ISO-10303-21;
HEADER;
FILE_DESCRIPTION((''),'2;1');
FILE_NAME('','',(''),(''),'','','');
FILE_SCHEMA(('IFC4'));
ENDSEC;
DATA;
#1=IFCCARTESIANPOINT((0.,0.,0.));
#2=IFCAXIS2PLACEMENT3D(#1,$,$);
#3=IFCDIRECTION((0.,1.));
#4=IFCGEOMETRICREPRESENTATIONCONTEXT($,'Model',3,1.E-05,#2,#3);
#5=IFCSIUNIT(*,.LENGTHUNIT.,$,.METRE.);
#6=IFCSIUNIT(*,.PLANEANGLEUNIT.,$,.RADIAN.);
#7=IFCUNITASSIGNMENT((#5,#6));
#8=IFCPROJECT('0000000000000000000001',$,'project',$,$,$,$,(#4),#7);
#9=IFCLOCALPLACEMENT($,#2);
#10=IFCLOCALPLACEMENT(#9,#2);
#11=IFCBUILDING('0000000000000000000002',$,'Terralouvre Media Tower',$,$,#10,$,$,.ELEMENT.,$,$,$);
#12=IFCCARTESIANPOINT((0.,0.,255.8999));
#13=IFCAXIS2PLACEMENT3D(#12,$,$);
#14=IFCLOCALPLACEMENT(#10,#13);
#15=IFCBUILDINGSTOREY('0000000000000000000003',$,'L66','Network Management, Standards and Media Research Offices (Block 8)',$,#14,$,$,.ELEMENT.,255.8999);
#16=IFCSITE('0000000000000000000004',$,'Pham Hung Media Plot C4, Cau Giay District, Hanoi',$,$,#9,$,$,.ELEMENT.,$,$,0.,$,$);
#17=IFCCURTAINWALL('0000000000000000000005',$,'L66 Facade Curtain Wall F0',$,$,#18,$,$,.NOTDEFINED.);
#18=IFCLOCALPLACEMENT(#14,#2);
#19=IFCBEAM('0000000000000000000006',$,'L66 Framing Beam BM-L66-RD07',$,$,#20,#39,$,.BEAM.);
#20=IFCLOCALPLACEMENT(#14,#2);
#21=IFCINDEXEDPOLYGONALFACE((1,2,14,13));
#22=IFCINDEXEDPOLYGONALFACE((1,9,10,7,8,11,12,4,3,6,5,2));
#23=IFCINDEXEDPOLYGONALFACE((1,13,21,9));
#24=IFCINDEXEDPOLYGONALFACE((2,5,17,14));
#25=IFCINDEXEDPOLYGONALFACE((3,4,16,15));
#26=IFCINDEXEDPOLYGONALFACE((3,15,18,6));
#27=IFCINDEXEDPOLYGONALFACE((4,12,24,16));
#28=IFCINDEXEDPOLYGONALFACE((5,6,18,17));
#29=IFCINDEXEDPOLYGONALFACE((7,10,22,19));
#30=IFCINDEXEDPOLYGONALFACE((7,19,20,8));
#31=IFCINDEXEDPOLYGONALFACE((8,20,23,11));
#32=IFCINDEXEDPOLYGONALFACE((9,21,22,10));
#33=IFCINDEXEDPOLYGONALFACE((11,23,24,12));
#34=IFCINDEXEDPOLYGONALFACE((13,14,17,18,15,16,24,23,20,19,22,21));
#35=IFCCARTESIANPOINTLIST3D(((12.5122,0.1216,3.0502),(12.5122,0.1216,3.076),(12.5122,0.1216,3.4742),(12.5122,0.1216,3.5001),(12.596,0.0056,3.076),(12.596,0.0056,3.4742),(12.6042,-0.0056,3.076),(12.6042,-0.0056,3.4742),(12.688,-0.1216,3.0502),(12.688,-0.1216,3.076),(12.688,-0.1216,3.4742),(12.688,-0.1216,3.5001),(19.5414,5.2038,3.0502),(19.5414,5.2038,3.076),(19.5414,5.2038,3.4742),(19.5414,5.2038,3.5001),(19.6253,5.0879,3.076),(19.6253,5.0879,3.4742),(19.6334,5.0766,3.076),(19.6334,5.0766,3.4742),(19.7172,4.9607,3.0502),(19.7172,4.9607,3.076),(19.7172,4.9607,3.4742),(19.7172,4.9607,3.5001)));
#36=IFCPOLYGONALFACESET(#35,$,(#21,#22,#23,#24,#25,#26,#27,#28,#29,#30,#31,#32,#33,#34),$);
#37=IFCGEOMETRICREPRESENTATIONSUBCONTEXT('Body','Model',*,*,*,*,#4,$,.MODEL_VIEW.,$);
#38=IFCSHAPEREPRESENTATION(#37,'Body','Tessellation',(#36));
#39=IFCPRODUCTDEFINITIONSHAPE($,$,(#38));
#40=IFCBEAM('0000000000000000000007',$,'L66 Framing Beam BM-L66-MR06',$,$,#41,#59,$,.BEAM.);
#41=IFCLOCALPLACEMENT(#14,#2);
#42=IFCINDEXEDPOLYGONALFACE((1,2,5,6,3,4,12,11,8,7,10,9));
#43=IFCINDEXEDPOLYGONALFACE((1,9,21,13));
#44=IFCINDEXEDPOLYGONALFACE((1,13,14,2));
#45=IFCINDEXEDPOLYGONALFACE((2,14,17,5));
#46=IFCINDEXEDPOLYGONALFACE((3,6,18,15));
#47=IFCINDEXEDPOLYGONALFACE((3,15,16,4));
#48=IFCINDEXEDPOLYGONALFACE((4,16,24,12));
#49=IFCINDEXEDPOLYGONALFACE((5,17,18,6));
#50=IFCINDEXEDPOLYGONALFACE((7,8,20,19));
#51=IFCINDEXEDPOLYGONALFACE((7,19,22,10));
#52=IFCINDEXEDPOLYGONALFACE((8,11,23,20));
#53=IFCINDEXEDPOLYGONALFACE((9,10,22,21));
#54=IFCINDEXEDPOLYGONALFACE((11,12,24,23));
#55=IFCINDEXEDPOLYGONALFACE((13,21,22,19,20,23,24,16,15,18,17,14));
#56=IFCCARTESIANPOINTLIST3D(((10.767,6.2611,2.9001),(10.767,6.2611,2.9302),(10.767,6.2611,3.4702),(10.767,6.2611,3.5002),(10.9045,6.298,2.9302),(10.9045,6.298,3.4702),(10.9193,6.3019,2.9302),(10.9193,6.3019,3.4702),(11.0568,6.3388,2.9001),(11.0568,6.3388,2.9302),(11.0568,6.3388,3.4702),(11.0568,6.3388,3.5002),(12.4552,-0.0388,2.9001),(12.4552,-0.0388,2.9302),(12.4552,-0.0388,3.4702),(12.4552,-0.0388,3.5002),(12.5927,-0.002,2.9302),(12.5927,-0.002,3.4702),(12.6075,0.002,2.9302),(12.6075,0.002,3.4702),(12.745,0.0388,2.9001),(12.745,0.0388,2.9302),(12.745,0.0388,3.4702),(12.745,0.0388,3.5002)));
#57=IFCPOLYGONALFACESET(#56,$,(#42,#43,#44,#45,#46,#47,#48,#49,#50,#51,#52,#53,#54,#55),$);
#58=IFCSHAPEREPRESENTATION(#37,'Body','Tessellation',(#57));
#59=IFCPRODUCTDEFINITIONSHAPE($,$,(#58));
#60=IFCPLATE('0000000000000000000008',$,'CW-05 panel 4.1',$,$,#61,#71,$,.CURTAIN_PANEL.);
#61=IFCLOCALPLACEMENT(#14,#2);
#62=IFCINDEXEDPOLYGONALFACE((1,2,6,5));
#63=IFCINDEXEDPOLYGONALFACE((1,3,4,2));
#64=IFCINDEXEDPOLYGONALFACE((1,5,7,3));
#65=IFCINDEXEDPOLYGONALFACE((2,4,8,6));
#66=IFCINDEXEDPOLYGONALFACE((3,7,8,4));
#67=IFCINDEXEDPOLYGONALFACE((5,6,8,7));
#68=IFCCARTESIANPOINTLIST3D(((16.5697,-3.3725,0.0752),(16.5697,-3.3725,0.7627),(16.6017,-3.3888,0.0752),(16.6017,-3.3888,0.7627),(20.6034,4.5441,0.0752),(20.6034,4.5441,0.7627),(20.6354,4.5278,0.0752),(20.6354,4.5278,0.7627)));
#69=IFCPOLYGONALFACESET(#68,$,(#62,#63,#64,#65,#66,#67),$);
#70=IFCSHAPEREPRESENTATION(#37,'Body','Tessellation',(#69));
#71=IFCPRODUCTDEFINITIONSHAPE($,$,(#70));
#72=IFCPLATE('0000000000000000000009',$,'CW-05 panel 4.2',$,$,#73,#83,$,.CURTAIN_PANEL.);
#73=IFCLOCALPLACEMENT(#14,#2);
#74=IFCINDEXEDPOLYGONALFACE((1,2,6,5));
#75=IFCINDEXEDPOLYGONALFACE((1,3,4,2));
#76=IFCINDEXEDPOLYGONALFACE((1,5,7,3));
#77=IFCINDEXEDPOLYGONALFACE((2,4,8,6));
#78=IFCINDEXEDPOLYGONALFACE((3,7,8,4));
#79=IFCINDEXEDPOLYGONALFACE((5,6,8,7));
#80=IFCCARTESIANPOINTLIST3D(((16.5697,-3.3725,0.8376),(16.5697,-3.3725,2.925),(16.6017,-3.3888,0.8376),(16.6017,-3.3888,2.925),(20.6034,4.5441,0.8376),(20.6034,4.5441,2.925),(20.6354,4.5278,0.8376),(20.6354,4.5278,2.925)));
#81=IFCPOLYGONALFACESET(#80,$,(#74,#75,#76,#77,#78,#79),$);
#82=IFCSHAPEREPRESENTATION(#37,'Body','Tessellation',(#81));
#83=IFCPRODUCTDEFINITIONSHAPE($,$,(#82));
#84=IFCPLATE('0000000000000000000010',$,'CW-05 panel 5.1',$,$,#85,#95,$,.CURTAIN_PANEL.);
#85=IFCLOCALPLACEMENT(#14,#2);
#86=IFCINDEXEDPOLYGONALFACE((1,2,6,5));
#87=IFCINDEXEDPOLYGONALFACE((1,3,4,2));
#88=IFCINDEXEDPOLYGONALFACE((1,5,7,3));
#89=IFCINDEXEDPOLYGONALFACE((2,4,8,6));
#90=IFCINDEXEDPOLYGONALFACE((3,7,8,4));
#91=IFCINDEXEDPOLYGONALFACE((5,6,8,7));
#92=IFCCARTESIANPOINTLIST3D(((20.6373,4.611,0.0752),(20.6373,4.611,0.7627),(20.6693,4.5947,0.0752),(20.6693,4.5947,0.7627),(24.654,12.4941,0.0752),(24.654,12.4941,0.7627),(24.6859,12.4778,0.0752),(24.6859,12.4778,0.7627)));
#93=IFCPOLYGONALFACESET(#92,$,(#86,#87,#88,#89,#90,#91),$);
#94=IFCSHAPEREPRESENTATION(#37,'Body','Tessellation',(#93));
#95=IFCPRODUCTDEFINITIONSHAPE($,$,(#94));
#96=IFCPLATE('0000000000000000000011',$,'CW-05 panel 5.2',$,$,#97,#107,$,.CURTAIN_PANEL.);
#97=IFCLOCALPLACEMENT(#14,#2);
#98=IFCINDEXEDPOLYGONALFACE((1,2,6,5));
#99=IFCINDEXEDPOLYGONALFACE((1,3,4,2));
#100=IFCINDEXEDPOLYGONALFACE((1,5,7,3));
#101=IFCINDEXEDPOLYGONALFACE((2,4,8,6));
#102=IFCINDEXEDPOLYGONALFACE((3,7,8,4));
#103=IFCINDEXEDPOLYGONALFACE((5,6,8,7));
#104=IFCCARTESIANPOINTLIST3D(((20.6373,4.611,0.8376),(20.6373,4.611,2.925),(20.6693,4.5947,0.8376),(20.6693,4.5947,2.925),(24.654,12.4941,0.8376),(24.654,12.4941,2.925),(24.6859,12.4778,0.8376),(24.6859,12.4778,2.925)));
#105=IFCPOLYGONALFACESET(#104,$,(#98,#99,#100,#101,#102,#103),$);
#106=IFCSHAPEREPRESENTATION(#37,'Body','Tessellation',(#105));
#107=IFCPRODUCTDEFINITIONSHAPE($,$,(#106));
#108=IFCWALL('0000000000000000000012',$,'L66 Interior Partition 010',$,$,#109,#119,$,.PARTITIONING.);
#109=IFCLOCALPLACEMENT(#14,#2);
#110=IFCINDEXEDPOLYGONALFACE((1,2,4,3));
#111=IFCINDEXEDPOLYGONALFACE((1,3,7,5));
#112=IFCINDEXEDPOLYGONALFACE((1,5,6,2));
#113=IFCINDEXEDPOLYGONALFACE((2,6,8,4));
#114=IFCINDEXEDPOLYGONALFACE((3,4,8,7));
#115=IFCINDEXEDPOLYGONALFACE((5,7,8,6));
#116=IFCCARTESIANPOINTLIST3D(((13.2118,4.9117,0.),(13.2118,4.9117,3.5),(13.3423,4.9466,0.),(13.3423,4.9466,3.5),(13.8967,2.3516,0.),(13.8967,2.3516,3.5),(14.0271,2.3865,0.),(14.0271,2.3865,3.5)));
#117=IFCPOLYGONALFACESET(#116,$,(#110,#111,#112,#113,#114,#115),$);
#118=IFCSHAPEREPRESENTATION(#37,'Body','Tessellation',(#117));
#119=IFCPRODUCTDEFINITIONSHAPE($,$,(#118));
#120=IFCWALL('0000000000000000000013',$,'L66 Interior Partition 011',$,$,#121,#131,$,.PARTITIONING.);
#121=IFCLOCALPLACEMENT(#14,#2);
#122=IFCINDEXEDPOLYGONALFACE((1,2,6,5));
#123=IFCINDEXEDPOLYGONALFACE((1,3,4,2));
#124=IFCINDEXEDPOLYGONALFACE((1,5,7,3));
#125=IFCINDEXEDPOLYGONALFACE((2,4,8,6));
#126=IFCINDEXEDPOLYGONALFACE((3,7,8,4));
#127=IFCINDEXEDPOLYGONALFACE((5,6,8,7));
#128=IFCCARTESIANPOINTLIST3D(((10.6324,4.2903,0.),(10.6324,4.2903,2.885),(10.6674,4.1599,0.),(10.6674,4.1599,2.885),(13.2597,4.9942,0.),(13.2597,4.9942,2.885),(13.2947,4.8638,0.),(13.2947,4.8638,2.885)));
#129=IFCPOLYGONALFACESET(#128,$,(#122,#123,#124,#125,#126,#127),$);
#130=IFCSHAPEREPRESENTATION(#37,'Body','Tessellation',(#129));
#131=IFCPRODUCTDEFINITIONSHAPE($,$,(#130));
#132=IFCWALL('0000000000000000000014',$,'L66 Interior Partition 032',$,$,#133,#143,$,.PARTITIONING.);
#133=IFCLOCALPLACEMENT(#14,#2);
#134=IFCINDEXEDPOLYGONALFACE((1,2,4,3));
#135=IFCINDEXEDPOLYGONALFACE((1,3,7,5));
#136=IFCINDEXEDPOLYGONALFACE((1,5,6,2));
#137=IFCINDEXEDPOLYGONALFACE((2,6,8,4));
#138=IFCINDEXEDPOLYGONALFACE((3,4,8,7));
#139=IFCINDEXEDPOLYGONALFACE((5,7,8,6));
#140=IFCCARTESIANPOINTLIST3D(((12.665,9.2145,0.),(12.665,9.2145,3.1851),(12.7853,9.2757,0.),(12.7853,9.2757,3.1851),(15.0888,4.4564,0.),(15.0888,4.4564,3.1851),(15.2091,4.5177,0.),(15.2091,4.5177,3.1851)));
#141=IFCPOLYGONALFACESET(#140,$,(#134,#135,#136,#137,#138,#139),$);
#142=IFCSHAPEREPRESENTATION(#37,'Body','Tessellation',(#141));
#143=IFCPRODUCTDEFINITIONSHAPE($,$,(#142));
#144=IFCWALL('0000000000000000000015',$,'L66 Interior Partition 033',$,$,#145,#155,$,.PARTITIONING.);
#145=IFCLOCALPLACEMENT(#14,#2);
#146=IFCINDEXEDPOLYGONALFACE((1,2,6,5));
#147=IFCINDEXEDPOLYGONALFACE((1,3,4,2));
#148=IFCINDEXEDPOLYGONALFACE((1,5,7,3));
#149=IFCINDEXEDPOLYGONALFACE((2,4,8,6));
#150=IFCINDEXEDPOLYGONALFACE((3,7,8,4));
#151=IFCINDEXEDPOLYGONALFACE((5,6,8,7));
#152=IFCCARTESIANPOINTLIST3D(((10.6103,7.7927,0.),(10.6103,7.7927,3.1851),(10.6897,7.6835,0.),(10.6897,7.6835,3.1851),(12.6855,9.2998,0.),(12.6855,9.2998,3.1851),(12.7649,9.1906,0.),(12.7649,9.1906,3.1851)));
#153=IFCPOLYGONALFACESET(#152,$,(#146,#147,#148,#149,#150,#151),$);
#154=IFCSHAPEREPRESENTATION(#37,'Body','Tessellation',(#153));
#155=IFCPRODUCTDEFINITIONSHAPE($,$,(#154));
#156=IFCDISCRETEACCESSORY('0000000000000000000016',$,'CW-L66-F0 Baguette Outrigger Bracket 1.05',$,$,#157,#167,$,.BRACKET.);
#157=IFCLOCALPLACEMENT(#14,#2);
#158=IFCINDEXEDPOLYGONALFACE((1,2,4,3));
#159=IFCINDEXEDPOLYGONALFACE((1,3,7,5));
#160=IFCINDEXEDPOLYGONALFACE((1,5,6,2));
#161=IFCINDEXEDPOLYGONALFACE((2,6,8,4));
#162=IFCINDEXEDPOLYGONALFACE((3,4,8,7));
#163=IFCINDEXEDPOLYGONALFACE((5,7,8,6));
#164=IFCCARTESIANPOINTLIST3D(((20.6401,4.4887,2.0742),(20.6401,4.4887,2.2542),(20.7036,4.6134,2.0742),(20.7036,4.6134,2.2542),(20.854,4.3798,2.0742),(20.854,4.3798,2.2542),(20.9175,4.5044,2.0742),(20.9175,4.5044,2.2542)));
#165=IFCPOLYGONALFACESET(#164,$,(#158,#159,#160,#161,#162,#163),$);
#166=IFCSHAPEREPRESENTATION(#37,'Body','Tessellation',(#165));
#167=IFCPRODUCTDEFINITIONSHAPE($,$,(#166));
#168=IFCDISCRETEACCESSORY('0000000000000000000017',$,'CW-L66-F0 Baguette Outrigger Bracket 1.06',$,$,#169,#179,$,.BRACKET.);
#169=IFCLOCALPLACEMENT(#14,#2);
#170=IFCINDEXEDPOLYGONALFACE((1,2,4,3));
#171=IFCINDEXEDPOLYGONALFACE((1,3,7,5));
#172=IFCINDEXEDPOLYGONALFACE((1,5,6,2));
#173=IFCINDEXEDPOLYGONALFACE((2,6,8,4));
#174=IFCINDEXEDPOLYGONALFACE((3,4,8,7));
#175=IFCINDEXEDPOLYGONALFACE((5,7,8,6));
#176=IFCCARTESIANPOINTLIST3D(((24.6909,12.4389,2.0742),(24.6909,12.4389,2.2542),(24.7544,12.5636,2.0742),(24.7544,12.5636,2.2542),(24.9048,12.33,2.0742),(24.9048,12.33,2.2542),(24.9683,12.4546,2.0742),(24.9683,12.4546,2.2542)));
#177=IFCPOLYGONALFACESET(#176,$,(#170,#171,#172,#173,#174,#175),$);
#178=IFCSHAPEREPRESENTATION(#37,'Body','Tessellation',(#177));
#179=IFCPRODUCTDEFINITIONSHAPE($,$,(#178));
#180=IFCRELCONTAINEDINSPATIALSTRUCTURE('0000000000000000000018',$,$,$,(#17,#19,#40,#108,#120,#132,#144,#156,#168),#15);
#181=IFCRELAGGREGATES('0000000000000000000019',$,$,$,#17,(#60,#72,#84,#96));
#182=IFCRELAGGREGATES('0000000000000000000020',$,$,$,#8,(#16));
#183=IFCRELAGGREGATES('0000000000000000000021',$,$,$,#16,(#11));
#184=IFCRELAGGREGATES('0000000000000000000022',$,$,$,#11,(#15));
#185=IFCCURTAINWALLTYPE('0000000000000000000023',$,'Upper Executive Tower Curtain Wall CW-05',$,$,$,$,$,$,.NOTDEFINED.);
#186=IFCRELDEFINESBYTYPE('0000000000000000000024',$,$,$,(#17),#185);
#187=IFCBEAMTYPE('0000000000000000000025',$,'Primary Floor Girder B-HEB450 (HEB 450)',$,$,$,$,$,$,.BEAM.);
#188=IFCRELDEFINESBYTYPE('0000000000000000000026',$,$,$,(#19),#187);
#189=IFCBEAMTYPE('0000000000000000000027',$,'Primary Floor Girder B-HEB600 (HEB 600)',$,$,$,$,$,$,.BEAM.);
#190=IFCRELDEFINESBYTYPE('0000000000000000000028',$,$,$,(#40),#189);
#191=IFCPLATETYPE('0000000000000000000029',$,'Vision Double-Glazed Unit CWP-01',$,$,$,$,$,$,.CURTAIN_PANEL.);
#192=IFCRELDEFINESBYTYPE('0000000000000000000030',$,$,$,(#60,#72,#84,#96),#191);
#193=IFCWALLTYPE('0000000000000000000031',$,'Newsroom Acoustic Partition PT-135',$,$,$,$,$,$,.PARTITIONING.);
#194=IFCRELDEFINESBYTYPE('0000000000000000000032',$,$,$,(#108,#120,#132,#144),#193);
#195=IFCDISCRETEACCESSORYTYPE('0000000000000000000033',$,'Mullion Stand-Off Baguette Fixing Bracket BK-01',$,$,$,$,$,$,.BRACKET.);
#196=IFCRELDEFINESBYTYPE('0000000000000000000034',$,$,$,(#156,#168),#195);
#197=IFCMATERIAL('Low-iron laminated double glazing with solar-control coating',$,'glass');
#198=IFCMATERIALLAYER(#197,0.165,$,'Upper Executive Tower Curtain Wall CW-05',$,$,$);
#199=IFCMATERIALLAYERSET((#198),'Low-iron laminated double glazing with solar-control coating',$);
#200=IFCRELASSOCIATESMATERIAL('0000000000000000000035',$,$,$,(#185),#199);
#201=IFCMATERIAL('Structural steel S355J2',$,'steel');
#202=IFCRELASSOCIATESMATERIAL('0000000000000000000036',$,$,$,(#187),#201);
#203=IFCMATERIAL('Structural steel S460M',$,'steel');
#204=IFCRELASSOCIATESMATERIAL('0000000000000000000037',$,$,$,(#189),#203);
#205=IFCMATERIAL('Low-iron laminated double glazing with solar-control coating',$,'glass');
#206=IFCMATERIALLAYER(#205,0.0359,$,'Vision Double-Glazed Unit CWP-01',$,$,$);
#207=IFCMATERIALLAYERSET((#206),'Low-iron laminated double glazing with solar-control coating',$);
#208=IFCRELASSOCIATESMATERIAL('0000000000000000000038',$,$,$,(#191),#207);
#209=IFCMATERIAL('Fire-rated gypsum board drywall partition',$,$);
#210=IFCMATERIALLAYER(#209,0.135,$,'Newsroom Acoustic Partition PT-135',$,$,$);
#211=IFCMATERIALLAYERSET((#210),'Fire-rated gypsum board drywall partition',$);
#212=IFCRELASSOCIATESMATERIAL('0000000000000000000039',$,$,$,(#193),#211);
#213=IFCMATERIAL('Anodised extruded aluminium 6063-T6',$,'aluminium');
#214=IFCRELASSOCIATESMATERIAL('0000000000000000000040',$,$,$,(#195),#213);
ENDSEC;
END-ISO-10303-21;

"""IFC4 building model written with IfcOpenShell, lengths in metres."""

from ifc_helpers import new_model, si_unit, direction, frame, frame_2d, origin, origin_2d, place, context, subcontext, project, spatial, rectangle, i_section, extrude, material, layer, layer_set, material_profile, profile_set, type_object, element, aggregate, save


model = new_model("IFC4")

# Units and contexts
model_context = context("Model", 3, precision=1e-05, world=origin(), true_north=direction((0.0, 1.0)))
body_context = subcontext(model_context, "Body", "Model", "MODEL_VIEW")
ifc_project = project(units=[si_unit("LENGTHUNIT", "METRE"), si_unit("PLANEANGLEUNIT", "RADIAN")], contexts=[model_context])

# Site, building, storey
site_placement = place(None, origin())
site = spatial("IfcSite", under=ifc_project, at=site_placement, Name="Pham Hung Media Plot C4, Cau Giay District, Hanoi", CompositionType="ELEMENT", RefElevation=0.0)
building_placement = place(site_placement, origin())
building = spatial("IfcBuilding", under=site, at=building_placement, Name="Terralouvre Media Tower", CompositionType="ELEMENT")
storey_placement = place(building_placement, frame((0.0, 0.0, 255.8999)))
storey = spatial("IfcBuildingStorey", under=building, at=storey_placement, Name="L66", Description="Network Management, Standards and Media Research Offices (Block 8)", CompositionType="ELEMENT", Elevation=255.8999)

# Curtain wall
ifc_material_1 = material(Name="Low-iron laminated double glazing with solar-control coating", Category="glass")
ifc_layer_1 = layer(ifc_material_1, 0.165, Name="Upper Executive Tower Curtain Wall CW-05")
ifc_layer_set_1 = layer_set([ifc_layer_1], Name="Low-iron laminated double glazing with solar-control coating")
curtain_wall_type_1 = type_object("IfcCurtainWallType", Name="Upper Executive Tower Curtain Wall CW-05", PredefinedType="NOTDEFINED", material=ifc_layer_set_1)
curtain_wall_1_placement = place(storey_placement, origin())
curtain_wall_1 = element("IfcCurtainWall", 1, at=curtain_wall_1_placement, inside=storey, type_object=curtain_wall_type_1, Name="L66 Facade Curtain Wall F0", PredefinedType="NOTDEFINED")

# Beams
ifc_material_2 = material(Name="Structural steel S355J2", Category="steel")
ifc_material_profile_1 = material_profile(ifc_material_2, i_section(OverallWidth=0.3, OverallDepth=0.45, WebThickness=0.0139, FlangeThickness=0.0259, at=origin_2d()), Name="HEB 450")
ifc_profile_set_1 = profile_set([ifc_material_profile_1], Name="Structural steel S355J2")
beam_type_1 = type_object("IfcBeamType", Name="Primary Floor Girder B-HEB450 (HEB 450)", PredefinedType="BEAM", material=ifc_profile_set_1)
beam_1_placement = place(storey_placement, frame((12.6001, 0.0, 3.2751), z_axis=(0.810375, 0.585912, 0.0), x_axis=(-0.585912, 0.810375, 0.0)))
element("IfcBeam", 2, at=beam_1_placement, inside=storey, type_object=beam_type_1, Name="L66 Framing Beam BM-L66-RD07", PredefinedType="BEAM", context=body_context, shape_type="SweptSolid", body=[
    extrude(i_section(OverallWidth=0.3, OverallDepth=0.45, WebThickness=0.0139, FlangeThickness=0.0259, at=origin_2d()), origin(), (0.0, 0.0, 1.0), 8.6741),
])
ifc_material_3 = material(Name="Structural steel S460M", Category="steel")
ifc_material_profile_2 = material_profile(ifc_material_3, i_section(OverallWidth=0.3, OverallDepth=0.6001, WebThickness=0.0154, FlangeThickness=0.03, at=origin_2d()), Name="HEB 600")
ifc_profile_set_2 = profile_set([ifc_material_profile_2], Name="Structural steel S460M")
beam_type_2 = type_object("IfcBeamType", Name="Primary Floor Girder B-HEB600 (HEB 600)", PredefinedType="BEAM", material=ifc_profile_set_2)
beam_2_placement = place(storey_placement, frame((12.6001, 0.0, 3.2002), z_axis=(-0.258839, 0.96592, 0.0), x_axis=(-0.96592, -0.258839, 0.0)))
element("IfcBeam", 3, at=beam_2_placement, inside=storey, type_object=beam_type_2, Name="L66 Framing Beam BM-L66-MR06", PredefinedType="BEAM", context=body_context, shape_type="SweptSolid", body=[
    extrude(i_section(OverallWidth=0.3, OverallDepth=0.6001, WebThickness=0.0154, FlangeThickness=0.03, at=origin_2d()), origin(), (0.0, 0.0, 1.0), 6.5222),
])

# Plates
ifc_material_4 = material(Name="Low-iron laminated double glazing with solar-control coating", Category="glass")
ifc_layer_2 = layer(ifc_material_4, 0.0359, Name="Vision Double-Glazed Unit CWP-01")
ifc_layer_set_2 = layer_set([ifc_layer_2], Name="Low-iron laminated double glazing with solar-control coating")
plate_type = type_object("IfcPlateType", Name="Vision Double-Glazed Unit CWP-01", PredefinedType="CURTAIN_PANEL", material=ifc_layer_set_2)
plate_1_placement = place(storey_placement, frame((18.6025, 0.5776, 0.0752), z_axis=(0.0, 0.0, 1.0), x_axis=(0.45399, 0.891007, 0.0)))
plate_1 = element("IfcPlate", 4, at=plate_1_placement, type_object=plate_type, Name="CW-05 panel 4.1", PredefinedType="CURTAIN_PANEL", context=body_context, shape_type="SweptSolid", body=[
    extrude(rectangle(XDim=8.885, YDim=0.0359, at=origin_2d()), origin(), (0.0, 0.0, 1.0), 0.6875),
])
plate_2_placement = place(storey_placement, frame((18.6025, 0.5776, 0.8376), z_axis=(0.0, 0.0, 1.0), x_axis=(0.45399, 0.891007, 0.0)))
plate_2 = element("IfcPlate", 5, at=plate_2_placement, type_object=plate_type, Name="CW-05 panel 4.2", PredefinedType="CURTAIN_PANEL", context=body_context, shape_type="SweptSolid", body=[
    extrude(rectangle(XDim=8.885, YDim=0.0359, at=origin_2d()), origin(), (0.0, 0.0, 1.0), 2.0874),
])
plate_3_placement = place(storey_placement, frame((22.6616, 8.5444, 0.0752), z_axis=(0.0, 0.0, 1.0), x_axis=(0.45399, 0.891007, 0.0)))
plate_3 = element("IfcPlate", 6, at=plate_3_placement, type_object=plate_type, Name="CW-05 panel 5.1", PredefinedType="CURTAIN_PANEL", context=body_context, shape_type="SweptSolid", body=[
    extrude(rectangle(XDim=8.8474, YDim=0.0359, at=origin_2d()), origin(), (0.0, 0.0, 1.0), 0.6875),
])
plate_4_placement = place(storey_placement, frame((22.6616, 8.5444, 0.8376), z_axis=(0.0, 0.0, 1.0), x_axis=(0.45399, 0.891007, 0.0)))
plate_4 = element("IfcPlate", 7, at=plate_4_placement, type_object=plate_type, Name="CW-05 panel 5.2", PredefinedType="CURTAIN_PANEL", context=body_context, shape_type="SweptSolid", body=[
    extrude(rectangle(XDim=8.8474, YDim=0.0359, at=origin_2d()), origin(), (0.0, 0.0, 1.0), 2.0874),
])
aggregate(curtain_wall_1, [plate_1, plate_2, plate_3, plate_4])

# Walls
ifc_material_5 = material(Name="Fire-rated gypsum board drywall partition")
ifc_layer_3 = layer(ifc_material_5, 0.135, Name="Newsroom Acoustic Partition PT-135")
ifc_layer_set_3 = layer_set([ifc_layer_3], Name="Fire-rated gypsum board drywall partition")
wall_type = type_object("IfcWallType", Name="Newsroom Acoustic Partition PT-135", PredefinedType="PARTITIONING", material=ifc_layer_set_3)
wall_1_placement = place(storey_placement, frame((13.9619, 2.3689, 0.0), z_axis=(0.0, 0.0, 1.0), x_axis=(-0.258414, 0.966034, 0.0)))
element("IfcWall", 8, at=wall_1_placement, inside=storey, type_object=wall_type, Name="L66 Interior Partition 010", PredefinedType="PARTITIONING", context=body_context, shape_type="SweptSolid", body=[
    extrude(rectangle(XDim=2.6501, YDim=0.135, at=frame_2d((1.3252, 0.0))), origin(), (0.0, 0.0, 1.0), 3.5),
])
wall_2_placement = place(storey_placement, frame((13.2771, 4.929, 0.0), z_axis=(0.0, 0.0, 1.0), x_axis=(-0.965935, -0.258785, 0.0)))
element("IfcWall", 9, at=wall_2_placement, inside=storey, type_object=wall_type, Name="L66 Interior Partition 011", PredefinedType="PARTITIONING", context=body_context, shape_type="SweptSolid", body=[
    extrude(rectangle(XDim=2.72, YDim=0.135, at=frame_2d((1.3599, 0.0))), origin(), (0.0, 0.0, 1.0), 2.885),
])
wall_3_placement = place(storey_placement, frame((15.1489, 4.4871, 0.0), z_axis=(0.0, 0.0, 1.0), x_axis=(-0.453913, 0.891046, 0.0)))
element("IfcWall", 10, at=wall_3_placement, inside=storey, type_object=wall_type, Name="L66 Interior Partition 032", PredefinedType="PARTITIONING", context=body_context, shape_type="SweptSolid", body=[
    extrude(rectangle(XDim=5.3398, YDim=0.135, at=frame_2d((2.6699, 0.0))), origin(), (0.0, 0.0, 1.0), 3.1851),
])
wall_4_placement = place(storey_placement, frame((12.7251, 9.2451, 0.0), z_axis=(0.0, 0.0, 1.0), x_axis=(-0.809135, -0.587623, 0.0)))
element("IfcWall", 11, at=wall_4_placement, inside=storey, type_object=wall_type, Name="L66 Interior Partition 033", PredefinedType="PARTITIONING", context=body_context, shape_type="SweptSolid", body=[
    extrude(rectangle(XDim=2.5647, YDim=0.135, at=frame_2d((1.2822, 0.0))), origin(), (0.0, 0.0, 1.0), 3.1851),
])

# Discrete accessories
ifc_material_6 = material(Name="Anodised extruded aluminium 6063-T6", Category="aluminium")
discrete_accessory_type = type_object("IfcDiscreteAccessoryType", Name="Mullion Stand-Off Baguette Fixing Bracket BK-01", PredefinedType="BRACKET", material=ifc_material_6)
for number, where, z_axis, x_axis, name in (
    (12, (20.7788, 4.4966, 2.0742), (0.0, 0.0, 1.0), (0.45399, 0.891007, 0.0), "CW-L66-F0 Baguette Outrigger Bracket 1.05"),
    (13, (24.8296, 12.4468, 2.0742), (0.0, 0.0, 1.0), (0.45399, 0.891007, 0.0), "CW-L66-F0 Baguette Outrigger Bracket 1.06"),
):
    element("IfcDiscreteAccessory", number, at=place(storey_placement, frame(where, z_axis=z_axis, x_axis=x_axis)), inside=storey, type_object=discrete_accessory_type, Name=name, PredefinedType="BRACKET", context=body_context, shape_type="SweptSolid", body=[
        extrude(rectangle(XDim=0.1399, YDim=0.24, at=origin_2d()), origin(), (0.0, 0.0, 1.0), 0.1799),
    ])

save(model, "model.ifc")
